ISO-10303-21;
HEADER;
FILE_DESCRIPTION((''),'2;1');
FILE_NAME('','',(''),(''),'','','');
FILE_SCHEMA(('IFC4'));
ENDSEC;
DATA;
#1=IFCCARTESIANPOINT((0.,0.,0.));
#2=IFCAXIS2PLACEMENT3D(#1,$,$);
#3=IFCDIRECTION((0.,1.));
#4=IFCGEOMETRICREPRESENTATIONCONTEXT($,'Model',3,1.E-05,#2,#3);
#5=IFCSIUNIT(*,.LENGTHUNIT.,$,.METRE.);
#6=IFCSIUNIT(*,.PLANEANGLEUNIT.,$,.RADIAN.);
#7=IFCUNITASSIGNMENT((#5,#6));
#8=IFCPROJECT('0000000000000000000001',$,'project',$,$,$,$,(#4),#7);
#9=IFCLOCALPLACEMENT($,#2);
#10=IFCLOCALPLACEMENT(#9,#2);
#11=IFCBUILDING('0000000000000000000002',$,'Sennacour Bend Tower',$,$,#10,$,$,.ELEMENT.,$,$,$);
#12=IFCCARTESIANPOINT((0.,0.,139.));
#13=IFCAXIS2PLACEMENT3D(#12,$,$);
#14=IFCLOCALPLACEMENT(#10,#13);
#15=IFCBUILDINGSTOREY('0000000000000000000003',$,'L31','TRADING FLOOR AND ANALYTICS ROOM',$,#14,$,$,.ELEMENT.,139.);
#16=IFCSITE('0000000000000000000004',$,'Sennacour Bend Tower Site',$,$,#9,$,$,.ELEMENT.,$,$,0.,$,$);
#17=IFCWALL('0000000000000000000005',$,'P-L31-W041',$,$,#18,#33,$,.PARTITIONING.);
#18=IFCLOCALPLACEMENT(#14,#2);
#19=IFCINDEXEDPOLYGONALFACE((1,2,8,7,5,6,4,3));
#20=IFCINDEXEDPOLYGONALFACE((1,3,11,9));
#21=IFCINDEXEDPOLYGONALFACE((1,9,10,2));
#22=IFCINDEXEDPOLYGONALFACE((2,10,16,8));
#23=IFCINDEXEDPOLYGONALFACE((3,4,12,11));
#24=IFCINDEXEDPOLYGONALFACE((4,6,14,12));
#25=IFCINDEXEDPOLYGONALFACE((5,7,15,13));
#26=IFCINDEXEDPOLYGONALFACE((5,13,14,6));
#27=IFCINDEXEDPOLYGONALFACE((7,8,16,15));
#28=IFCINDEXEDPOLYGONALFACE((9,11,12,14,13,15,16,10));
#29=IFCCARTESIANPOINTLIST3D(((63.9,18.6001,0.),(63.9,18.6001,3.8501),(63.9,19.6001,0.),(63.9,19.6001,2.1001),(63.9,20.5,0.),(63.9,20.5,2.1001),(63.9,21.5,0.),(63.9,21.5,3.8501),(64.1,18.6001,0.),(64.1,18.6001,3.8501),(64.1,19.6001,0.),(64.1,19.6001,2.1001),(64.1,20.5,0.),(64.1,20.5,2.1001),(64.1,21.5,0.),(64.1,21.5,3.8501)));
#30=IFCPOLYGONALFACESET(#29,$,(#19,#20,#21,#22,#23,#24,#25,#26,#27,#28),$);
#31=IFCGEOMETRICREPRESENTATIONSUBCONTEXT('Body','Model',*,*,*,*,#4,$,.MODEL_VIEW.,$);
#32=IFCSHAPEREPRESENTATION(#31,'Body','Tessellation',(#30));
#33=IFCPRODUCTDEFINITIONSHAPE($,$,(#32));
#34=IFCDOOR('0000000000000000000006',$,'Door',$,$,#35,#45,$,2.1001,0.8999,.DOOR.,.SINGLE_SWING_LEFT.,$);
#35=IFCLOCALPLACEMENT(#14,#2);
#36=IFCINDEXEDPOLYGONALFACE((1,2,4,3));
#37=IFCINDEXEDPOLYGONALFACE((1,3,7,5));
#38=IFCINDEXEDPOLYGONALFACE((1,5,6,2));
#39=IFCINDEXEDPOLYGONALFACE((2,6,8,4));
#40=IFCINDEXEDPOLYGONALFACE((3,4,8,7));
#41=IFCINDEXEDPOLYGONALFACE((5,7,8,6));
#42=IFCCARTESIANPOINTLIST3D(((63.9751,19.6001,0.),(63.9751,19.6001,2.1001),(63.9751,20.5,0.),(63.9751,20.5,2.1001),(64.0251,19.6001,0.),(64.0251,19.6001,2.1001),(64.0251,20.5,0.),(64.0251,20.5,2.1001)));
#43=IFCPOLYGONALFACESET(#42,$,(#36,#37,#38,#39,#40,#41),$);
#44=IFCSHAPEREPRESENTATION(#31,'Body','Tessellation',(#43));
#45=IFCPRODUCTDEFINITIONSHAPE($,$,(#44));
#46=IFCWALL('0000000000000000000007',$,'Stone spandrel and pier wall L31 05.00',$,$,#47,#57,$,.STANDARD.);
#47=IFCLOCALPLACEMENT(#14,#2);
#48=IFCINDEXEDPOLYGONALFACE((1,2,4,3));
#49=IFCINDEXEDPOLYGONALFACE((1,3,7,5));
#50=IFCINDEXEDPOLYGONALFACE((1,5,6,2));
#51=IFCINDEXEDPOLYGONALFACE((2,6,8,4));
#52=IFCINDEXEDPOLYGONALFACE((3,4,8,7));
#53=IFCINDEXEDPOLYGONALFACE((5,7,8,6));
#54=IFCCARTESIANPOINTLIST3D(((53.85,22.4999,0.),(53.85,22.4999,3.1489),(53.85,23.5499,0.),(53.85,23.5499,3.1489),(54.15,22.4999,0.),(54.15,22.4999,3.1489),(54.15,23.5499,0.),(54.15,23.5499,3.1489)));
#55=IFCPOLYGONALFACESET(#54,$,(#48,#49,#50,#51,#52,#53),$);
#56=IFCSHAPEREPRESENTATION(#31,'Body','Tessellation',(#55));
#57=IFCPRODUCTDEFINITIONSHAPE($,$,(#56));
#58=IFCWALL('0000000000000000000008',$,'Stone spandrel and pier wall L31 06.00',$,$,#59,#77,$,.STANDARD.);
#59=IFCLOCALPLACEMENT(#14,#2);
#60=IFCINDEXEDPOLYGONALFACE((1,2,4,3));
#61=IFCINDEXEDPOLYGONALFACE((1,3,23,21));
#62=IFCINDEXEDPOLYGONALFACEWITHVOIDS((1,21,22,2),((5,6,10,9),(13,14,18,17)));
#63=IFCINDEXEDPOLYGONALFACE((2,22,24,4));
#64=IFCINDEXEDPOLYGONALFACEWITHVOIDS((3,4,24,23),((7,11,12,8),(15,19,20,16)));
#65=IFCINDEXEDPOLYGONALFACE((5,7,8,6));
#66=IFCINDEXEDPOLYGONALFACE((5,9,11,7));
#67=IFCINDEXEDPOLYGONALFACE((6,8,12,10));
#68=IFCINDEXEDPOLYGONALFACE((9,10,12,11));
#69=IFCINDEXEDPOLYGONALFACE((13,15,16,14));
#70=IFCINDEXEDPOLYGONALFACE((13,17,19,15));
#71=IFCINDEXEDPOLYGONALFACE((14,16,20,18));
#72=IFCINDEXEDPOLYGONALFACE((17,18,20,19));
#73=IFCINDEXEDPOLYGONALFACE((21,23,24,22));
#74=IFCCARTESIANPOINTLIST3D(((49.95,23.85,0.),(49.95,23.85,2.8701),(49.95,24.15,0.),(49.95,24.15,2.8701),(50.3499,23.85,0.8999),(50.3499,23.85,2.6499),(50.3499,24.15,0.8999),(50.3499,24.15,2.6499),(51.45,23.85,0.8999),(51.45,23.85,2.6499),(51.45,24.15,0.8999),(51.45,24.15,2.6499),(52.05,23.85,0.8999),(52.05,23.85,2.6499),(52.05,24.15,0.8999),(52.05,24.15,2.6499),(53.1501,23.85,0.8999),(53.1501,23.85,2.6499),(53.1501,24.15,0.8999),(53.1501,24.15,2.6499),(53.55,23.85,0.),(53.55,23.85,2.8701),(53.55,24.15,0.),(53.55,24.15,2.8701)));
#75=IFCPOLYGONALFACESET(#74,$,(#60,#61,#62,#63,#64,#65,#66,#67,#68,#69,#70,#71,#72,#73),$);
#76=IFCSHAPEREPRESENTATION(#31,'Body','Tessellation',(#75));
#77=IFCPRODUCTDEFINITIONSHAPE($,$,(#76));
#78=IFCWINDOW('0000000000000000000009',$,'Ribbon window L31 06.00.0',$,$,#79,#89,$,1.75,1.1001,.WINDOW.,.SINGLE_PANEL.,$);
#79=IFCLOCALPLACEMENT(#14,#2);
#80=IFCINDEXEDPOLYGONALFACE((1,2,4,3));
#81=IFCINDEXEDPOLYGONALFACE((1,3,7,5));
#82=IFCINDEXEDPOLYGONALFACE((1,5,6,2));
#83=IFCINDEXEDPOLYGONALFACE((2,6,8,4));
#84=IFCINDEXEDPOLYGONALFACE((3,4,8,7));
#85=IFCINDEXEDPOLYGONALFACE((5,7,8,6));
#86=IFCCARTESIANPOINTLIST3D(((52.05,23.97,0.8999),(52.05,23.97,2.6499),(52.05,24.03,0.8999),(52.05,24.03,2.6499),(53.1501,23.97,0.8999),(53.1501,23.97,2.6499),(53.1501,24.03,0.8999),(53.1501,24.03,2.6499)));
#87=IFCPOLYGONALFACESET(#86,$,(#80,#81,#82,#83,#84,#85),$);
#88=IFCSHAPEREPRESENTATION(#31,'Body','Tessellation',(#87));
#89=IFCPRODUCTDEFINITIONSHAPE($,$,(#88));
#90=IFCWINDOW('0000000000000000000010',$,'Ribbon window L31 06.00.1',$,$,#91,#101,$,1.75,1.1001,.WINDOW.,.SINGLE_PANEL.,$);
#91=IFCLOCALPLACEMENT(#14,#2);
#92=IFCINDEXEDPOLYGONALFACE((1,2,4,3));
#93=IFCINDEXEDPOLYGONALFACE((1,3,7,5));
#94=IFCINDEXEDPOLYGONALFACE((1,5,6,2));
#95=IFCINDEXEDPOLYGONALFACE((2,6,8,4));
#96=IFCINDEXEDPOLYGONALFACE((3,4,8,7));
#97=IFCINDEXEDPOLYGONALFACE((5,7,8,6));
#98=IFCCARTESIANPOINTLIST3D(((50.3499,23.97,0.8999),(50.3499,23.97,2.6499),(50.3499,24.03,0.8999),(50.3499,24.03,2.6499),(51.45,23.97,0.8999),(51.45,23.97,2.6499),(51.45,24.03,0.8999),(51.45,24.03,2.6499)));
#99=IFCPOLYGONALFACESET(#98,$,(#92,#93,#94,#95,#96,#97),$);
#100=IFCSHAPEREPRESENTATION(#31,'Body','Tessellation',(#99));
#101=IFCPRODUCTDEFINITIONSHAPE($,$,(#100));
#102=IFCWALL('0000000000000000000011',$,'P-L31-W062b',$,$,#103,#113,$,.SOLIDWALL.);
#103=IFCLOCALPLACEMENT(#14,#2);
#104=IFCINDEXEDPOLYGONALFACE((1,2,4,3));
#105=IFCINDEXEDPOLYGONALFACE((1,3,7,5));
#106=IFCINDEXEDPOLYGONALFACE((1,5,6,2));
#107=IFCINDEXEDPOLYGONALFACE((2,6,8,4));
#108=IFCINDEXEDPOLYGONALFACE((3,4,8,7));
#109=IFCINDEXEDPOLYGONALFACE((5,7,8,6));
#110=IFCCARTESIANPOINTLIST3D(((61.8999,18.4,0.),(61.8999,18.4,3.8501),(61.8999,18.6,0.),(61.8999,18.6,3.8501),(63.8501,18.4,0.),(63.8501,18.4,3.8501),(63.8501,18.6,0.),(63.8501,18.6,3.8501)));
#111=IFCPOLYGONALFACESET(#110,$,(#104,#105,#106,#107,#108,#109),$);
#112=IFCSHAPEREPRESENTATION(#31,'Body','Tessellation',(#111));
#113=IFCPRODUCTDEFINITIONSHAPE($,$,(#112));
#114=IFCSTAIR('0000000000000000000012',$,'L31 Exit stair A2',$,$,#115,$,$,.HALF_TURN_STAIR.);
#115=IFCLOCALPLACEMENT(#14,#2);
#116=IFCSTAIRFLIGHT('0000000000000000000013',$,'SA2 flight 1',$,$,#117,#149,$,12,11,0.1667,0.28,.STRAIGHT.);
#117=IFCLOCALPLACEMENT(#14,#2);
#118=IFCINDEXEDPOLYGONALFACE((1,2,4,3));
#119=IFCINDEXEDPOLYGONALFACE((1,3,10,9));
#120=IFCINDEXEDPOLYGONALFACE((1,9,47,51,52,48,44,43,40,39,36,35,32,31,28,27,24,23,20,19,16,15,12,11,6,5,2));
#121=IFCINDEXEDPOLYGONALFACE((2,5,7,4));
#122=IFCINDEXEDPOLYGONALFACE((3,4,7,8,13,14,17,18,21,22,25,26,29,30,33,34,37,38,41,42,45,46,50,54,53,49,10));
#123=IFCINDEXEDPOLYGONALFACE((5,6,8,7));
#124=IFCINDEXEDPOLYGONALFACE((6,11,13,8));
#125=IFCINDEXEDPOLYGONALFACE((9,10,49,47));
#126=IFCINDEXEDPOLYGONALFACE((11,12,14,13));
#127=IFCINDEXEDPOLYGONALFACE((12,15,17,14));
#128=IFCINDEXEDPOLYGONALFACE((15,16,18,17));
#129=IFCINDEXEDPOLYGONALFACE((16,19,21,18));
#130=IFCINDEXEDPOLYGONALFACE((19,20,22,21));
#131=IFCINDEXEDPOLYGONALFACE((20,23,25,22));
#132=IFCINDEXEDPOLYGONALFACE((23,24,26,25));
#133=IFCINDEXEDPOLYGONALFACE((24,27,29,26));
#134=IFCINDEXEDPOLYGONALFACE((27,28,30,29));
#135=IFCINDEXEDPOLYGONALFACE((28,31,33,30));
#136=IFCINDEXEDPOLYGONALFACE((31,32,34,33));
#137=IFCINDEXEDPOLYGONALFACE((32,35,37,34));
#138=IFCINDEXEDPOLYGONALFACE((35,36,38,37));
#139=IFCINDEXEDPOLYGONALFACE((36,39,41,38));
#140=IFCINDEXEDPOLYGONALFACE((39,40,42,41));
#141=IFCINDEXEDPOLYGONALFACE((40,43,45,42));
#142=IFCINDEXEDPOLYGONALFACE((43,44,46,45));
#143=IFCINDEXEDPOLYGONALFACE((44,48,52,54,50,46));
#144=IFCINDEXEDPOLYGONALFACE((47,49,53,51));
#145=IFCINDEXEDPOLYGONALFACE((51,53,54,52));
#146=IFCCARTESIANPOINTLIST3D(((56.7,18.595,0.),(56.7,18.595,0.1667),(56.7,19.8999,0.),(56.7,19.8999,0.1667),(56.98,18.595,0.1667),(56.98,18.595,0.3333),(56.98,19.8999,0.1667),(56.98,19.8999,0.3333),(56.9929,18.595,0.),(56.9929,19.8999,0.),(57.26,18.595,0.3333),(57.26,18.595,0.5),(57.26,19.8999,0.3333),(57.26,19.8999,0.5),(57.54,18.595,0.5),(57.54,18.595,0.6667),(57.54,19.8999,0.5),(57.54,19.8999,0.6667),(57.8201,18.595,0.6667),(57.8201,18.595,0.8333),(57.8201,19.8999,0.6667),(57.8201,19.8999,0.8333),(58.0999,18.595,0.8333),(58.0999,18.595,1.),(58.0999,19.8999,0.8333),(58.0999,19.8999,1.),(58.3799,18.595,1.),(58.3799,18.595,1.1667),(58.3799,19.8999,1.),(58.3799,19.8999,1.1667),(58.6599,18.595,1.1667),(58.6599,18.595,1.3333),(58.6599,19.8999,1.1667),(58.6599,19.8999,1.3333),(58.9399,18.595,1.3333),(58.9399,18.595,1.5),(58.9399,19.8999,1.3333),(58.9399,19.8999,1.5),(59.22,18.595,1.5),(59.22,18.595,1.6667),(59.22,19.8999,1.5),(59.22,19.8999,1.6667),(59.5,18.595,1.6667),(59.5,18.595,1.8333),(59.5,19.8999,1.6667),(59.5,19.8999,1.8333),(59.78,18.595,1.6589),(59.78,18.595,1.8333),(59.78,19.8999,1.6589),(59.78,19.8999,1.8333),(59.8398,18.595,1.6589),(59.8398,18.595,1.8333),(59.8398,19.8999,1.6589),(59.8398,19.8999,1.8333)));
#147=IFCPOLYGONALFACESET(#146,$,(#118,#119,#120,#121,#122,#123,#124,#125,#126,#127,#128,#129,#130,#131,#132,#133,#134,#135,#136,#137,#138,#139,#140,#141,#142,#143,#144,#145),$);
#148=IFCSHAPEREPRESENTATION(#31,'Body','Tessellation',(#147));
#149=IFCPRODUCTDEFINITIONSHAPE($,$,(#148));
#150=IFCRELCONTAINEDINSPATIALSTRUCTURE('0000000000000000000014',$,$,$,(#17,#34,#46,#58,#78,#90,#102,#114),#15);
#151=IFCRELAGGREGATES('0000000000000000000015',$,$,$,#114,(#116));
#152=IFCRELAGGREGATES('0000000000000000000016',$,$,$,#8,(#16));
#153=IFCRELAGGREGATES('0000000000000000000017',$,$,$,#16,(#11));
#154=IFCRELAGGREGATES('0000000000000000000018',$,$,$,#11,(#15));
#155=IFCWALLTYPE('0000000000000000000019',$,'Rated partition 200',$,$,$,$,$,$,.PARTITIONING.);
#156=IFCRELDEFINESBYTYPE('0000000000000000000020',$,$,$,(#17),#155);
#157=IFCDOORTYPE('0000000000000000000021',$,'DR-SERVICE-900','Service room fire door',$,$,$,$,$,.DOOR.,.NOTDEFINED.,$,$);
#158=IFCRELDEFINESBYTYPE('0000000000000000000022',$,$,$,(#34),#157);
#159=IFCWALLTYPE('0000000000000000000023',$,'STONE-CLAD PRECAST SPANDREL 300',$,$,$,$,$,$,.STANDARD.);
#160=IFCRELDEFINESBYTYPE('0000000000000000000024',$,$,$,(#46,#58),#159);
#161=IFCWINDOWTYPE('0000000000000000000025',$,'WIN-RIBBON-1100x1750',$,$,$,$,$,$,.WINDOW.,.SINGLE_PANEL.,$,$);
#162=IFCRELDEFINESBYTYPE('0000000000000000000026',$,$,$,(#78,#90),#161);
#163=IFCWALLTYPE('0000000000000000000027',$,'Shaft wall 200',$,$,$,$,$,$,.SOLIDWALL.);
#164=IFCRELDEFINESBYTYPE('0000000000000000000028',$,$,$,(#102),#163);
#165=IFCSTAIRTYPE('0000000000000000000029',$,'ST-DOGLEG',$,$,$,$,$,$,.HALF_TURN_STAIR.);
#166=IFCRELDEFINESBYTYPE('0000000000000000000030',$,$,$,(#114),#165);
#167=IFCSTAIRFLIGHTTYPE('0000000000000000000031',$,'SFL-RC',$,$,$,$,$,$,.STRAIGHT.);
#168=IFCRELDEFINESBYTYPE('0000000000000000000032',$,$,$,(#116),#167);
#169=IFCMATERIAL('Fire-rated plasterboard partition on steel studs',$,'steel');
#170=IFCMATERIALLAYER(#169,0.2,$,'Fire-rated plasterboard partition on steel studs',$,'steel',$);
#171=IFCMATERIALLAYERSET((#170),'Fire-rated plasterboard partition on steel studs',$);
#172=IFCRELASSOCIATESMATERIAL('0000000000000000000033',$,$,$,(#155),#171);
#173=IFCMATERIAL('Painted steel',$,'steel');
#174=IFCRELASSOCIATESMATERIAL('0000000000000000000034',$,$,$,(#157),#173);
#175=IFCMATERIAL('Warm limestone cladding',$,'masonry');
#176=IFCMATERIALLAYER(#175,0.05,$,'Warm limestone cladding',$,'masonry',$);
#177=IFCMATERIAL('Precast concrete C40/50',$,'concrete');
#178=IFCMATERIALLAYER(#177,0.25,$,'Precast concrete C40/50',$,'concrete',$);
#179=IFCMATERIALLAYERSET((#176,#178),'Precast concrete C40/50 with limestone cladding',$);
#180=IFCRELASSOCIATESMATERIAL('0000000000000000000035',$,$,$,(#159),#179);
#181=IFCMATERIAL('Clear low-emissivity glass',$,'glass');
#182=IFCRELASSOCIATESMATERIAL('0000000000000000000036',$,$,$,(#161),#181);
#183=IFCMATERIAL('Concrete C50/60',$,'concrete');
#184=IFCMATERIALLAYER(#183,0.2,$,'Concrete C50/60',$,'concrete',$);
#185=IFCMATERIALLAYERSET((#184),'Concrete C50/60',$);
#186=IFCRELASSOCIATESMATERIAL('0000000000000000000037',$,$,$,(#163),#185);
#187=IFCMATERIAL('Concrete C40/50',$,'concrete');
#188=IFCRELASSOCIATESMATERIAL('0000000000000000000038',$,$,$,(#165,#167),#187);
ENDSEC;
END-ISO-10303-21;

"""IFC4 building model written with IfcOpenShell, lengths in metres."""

from ifc_helpers import new_model, si_unit, direction, frame, frame_2d, origin, place, context, subcontext, project, spatial, polyline, rectangle, outline, extrude, material, layer, layer_set, type_object, element, fill, aggregate, save


model = new_model("IFC4")

# Units and contexts
model_context = context("Model", 3, precision=1e-05, world=origin(), true_north=direction((0.0, 1.0)))
body_context = subcontext(model_context, "Body", "Model", "MODEL_VIEW")
ifc_project = project(units=[si_unit("LENGTHUNIT", "METRE"), si_unit("PLANEANGLEUNIT", "RADIAN")], contexts=[model_context])

# Site, building, storey
site_placement = place(None, origin())
site = spatial("IfcSite", under=ifc_project, at=site_placement, Name="Sennacour Bend Tower Site", CompositionType="ELEMENT", RefElevation=0.0)
building_placement = place(site_placement, origin())
building = spatial("IfcBuilding", under=site, at=building_placement, Name="Sennacour Bend Tower", CompositionType="ELEMENT")
storey_placement = place(building_placement, frame((0.0, 0.0, 139.0)))
storey = spatial("IfcBuildingStorey", under=building, at=storey_placement, Name="L31", Description="TRADING FLOOR AND ANALYTICS ROOM", CompositionType="ELEMENT", Elevation=139.0)

# Wall, opening, door
ifc_material_1 = material(Name="Fire-rated plasterboard partition on steel studs", Category="steel")
ifc_layer_1 = layer(ifc_material_1, 0.2, Name="Fire-rated plasterboard partition on steel studs", Category="steel")
ifc_layer_set_1 = layer_set([ifc_layer_1], Name="Fire-rated plasterboard partition on steel studs")
wall_type_1 = type_object("IfcWallType", Name="Rated partition 200", PredefinedType="PARTITIONING", material=ifc_layer_set_1)
wall_1_placement = place(storey_placement, frame((64.0, 18.6001, 0.0), z_axis=(0.0, 0.0, 1.0), x_axis=(0.0, 1.0, 0.0)))
wall_1 = element("IfcWall", 1, at=wall_1_placement, inside=storey, type_object=wall_type_1, Name="P-L31-W041", PredefinedType="PARTITIONING", context=body_context, shape_type="SweptSolid", body=[
    extrude(rectangle(XDim=2.8999, YDim=0.2, at=frame_2d((1.45, 0.0))), origin(), (0.0, 0.0, 1.0), 3.8501),
])
opening_1_placement = place(wall_1_placement, frame((1.0, 0.0, 0.0)))
opening_1 = element("IfcOpeningElement", 2, at=opening_1_placement, cuts=wall_1, PredefinedType="OPENING", context=body_context, shape_type="SweptSolid", body=[
    extrude(rectangle(XDim=0.8999, YDim=2.1001, at=frame_2d((0.45, 1.05))), frame((0.0, 0.1099, 0.0), z_axis=(0.0, -1.0, 0.0), x_axis=(1.0, 0.0, 0.0)), (0.0, 0.0, 1.0), 0.22),
])
ifc_material_2 = material(Name="Painted steel", Category="steel")
door_type = type_object("IfcDoorType", Name="DR-SERVICE-900", Description="Service room fire door", OperationType="NOTDEFINED", PredefinedType="DOOR", material=ifc_material_2)
door_placement = place(opening_1_placement, origin())
door = element("IfcDoor", 3, at=door_placement, inside=storey, type_object=door_type, Name="Door", OperationType="SINGLE_SWING_LEFT", OverallHeight=2.1001, OverallWidth=0.8999, PredefinedType="DOOR", context=body_context, shape_type="SweptSolid", body=[
    extrude(rectangle(XDim=0.8999, YDim=2.1001, at=frame_2d((0.45, 1.05))), frame((0.0, 0.0249, 0.0), z_axis=(0.0, -1.0, 0.0), x_axis=(1.0, 0.0, 0.0)), (0.0, 0.0, 1.0), 0.05),
])
fill(opening_1, door)

# Wall
ifc_material_3 = material(Name="Warm limestone cladding", Category="masonry")
ifc_layer_2 = layer(ifc_material_3, 0.05, Name="Warm limestone cladding", Category="masonry")
ifc_material_4 = material(Name="Precast concrete C40/50", Category="concrete")
ifc_layer_3 = layer(ifc_material_4, 0.25, Name="Precast concrete C40/50", Category="concrete")
ifc_layer_set_2 = layer_set([ifc_layer_2, ifc_layer_3], Name="Precast concrete C40/50 with limestone cladding")
wall_type_2 = type_object("IfcWallType", Name="STONE-CLAD PRECAST SPANDREL 300", PredefinedType="STANDARD", material=ifc_layer_set_2)
wall_2_placement = place(storey_placement, frame((54.0, 22.5, 0.0), z_axis=(0.0, 0.0, 1.0), x_axis=(0.0, 1.0, 0.0)))
element("IfcWall", 4, at=wall_2_placement, inside=storey, type_object=wall_type_2, Name="Stone spandrel and pier wall L31 05.00", PredefinedType="STANDARD", context=body_context, shape_type="SweptSolid", body=[
    extrude(rectangle(XDim=1.05, YDim=0.3, at=frame_2d((0.5249, 0.0))), origin(), (0.0, 0.0, 1.0), 3.1489),
])

# Wall, openings, windows
wall_3_placement = place(storey_placement, frame((53.55, 24.0, 0.0), z_axis=(0.0, 0.0, 1.0), x_axis=(-1.0, 0.0, 0.0)))
wall_3 = element("IfcWall", 5, at=wall_3_placement, inside=storey, type_object=wall_type_2, Name="Stone spandrel and pier wall L31 06.00", PredefinedType="STANDARD", context=body_context, shape_type="SweptSolid", body=[
    extrude(rectangle(XDim=3.6001, YDim=0.3, at=frame_2d((1.8, 0.0))), origin(), (0.0, 0.0, 1.0), 2.8701),
])
opening_2_placement = place(wall_3_placement, frame((0.3999, 0.0, 0.8999)))
opening_2 = element("IfcOpeningElement", 6, at=opening_2_placement, cuts=wall_3, PredefinedType="OPENING", context=body_context, shape_type="SweptSolid", body=[
    extrude(rectangle(XDim=1.1001, YDim=1.75, at=frame_2d((0.55, 0.875))), frame((0.0, 0.1602, 0.0), z_axis=(0.0, -1.0, 0.0), x_axis=(1.0, 0.0, 0.0)), (0.0, 0.0, 1.0), 0.3201),
])
opening_3_placement = place(wall_3_placement, frame((2.1001, 0.0, 0.8999)))
opening_3 = element("IfcOpeningElement", 7, at=opening_3_placement, cuts=wall_3, PredefinedType="OPENING", context=body_context, shape_type="SweptSolid", body=[
    extrude(rectangle(XDim=1.1001, YDim=1.75, at=frame_2d((0.55, 0.875))), frame((0.0, 0.1602, 0.0), z_axis=(0.0, -1.0, 0.0), x_axis=(1.0, 0.0, 0.0)), (0.0, 0.0, 1.0), 0.3201),
])
ifc_material_5 = material(Name="Clear low-emissivity glass", Category="glass")
window_type = type_object("IfcWindowType", Name="WIN-RIBBON-1100x1750", PartitioningType="SINGLE_PANEL", PredefinedType="WINDOW", material=ifc_material_5)
window_1_placement = place(opening_2_placement, origin())
window_1 = element("IfcWindow", 8, at=window_1_placement, inside=storey, type_object=window_type, Name="Ribbon window L31 06.00.0", OverallHeight=1.75, OverallWidth=1.1001, PartitioningType="SINGLE_PANEL", PredefinedType="WINDOW", context=body_context, shape_type="SweptSolid", body=[
    extrude(rectangle(XDim=1.1001, YDim=1.75, at=frame_2d((0.55, 0.875))), frame((0.0, 0.03, 0.0), z_axis=(0.0, -1.0, 0.0), x_axis=(1.0, 0.0, 0.0)), (0.0, 0.0, 1.0), 0.0601),
])
fill(opening_2, window_1)
window_2_placement = place(opening_3_placement, origin())
window_2 = element("IfcWindow", 9, at=window_2_placement, inside=storey, type_object=window_type, Name="Ribbon window L31 06.00.1", OverallHeight=1.75, OverallWidth=1.1001, PartitioningType="SINGLE_PANEL", PredefinedType="WINDOW", context=body_context, shape_type="SweptSolid", body=[
    extrude(rectangle(XDim=1.1001, YDim=1.75, at=frame_2d((0.55, 0.875))), frame((0.0, 0.03, 0.0), z_axis=(0.0, -1.0, 0.0), x_axis=(1.0, 0.0, 0.0)), (0.0, 0.0, 1.0), 0.0601),
])
fill(opening_3, window_2)

# Wall
ifc_material_6 = material(Name="Concrete C50/60", Category="concrete")
ifc_layer_4 = layer(ifc_material_6, 0.2, Name="Concrete C50/60", Category="concrete")
ifc_layer_set_3 = layer_set([ifc_layer_4], Name="Concrete C50/60")
wall_type_3 = type_object("IfcWallType", Name="Shaft wall 200", PredefinedType="SOLIDWALL", material=ifc_layer_set_3)
wall_4_placement = place(storey_placement, frame((61.8999, 18.5, 0.0), z_axis=(0.0, 0.0, 1.0), x_axis=(1.0, 0.0, 0.0)))
element("IfcWall", 10, at=wall_4_placement, inside=storey, type_object=wall_type_3, Name="P-L31-W062b", PredefinedType="SOLIDWALL", context=body_context, shape_type="SweptSolid", body=[
    extrude(rectangle(XDim=1.9502, YDim=0.2, at=frame_2d((0.9751, 0.0))), origin(), (0.0, 0.0, 1.0), 3.8501),
])

# Stair, stair flight
ifc_material_7 = material(Name="Concrete C40/50", Category="concrete")
stair_type = type_object("IfcStairType", Name="ST-DOGLEG", PredefinedType="HALF_TURN_STAIR", material=ifc_material_7)
stair_placement = place(storey_placement, origin())
stair = element("IfcStair", 11, at=stair_placement, inside=storey, type_object=stair_type, Name="L31 Exit stair A2", PredefinedType="HALF_TURN_STAIR")
stair_flight_type = type_object("IfcStairFlightType", Name="SFL-RC", PredefinedType="STRAIGHT", material=ifc_material_7)
stair_flight_1_placement = place(storey_placement, frame((56.7, 19.2476, 0.0), z_axis=(0.0, 0.0, 1.0), x_axis=(1.0, 0.0, 0.0)))
stair_flight_1 = element("IfcStairFlight", 12, at=stair_flight_1_placement, type_object=stair_flight_type, Name="SA2 flight 1", NumberOfRisers=12, NumberOfTreads=11, PredefinedType="STRAIGHT", RiserHeight=0.1667, TreadLength=0.28, context=body_context, shape_type="SweptSolid", body=[
    extrude(outline(polyline([(0.0, 0.0), (0.0, 0.1667), (0.28, 0.1667), (0.28, 0.3333), (0.5601, 0.3333), (0.5601, 0.5), (0.8401, 0.5), (0.8401, 0.6667), (1.1201, 0.6667), (1.1201, 0.8333), (1.3999, 0.8333), (1.3999, 1.0), (1.6799, 1.0), (1.6799, 1.1667), (1.96, 1.1667), (1.96, 1.3333), (2.24, 1.3333), (2.24, 1.5), (2.52, 1.5), (2.52, 1.6667), (2.8, 1.6667), (2.8, 1.8333), (3.0801, 1.8333), (3.1399, 1.8333), (3.1399, 1.6589), (3.0801, 1.6589), (0.293, 0.0), (0.0, 0.0)])), frame((0.0, 0.6523, 0.0), z_axis=(0.0, -1.0, 0.0), x_axis=(1.0, 0.0, 0.0)), (0.0, 0.0, 1.0), 1.3049),
])
aggregate(stair, [stair_flight_1])

save(model, "model.ifc")
